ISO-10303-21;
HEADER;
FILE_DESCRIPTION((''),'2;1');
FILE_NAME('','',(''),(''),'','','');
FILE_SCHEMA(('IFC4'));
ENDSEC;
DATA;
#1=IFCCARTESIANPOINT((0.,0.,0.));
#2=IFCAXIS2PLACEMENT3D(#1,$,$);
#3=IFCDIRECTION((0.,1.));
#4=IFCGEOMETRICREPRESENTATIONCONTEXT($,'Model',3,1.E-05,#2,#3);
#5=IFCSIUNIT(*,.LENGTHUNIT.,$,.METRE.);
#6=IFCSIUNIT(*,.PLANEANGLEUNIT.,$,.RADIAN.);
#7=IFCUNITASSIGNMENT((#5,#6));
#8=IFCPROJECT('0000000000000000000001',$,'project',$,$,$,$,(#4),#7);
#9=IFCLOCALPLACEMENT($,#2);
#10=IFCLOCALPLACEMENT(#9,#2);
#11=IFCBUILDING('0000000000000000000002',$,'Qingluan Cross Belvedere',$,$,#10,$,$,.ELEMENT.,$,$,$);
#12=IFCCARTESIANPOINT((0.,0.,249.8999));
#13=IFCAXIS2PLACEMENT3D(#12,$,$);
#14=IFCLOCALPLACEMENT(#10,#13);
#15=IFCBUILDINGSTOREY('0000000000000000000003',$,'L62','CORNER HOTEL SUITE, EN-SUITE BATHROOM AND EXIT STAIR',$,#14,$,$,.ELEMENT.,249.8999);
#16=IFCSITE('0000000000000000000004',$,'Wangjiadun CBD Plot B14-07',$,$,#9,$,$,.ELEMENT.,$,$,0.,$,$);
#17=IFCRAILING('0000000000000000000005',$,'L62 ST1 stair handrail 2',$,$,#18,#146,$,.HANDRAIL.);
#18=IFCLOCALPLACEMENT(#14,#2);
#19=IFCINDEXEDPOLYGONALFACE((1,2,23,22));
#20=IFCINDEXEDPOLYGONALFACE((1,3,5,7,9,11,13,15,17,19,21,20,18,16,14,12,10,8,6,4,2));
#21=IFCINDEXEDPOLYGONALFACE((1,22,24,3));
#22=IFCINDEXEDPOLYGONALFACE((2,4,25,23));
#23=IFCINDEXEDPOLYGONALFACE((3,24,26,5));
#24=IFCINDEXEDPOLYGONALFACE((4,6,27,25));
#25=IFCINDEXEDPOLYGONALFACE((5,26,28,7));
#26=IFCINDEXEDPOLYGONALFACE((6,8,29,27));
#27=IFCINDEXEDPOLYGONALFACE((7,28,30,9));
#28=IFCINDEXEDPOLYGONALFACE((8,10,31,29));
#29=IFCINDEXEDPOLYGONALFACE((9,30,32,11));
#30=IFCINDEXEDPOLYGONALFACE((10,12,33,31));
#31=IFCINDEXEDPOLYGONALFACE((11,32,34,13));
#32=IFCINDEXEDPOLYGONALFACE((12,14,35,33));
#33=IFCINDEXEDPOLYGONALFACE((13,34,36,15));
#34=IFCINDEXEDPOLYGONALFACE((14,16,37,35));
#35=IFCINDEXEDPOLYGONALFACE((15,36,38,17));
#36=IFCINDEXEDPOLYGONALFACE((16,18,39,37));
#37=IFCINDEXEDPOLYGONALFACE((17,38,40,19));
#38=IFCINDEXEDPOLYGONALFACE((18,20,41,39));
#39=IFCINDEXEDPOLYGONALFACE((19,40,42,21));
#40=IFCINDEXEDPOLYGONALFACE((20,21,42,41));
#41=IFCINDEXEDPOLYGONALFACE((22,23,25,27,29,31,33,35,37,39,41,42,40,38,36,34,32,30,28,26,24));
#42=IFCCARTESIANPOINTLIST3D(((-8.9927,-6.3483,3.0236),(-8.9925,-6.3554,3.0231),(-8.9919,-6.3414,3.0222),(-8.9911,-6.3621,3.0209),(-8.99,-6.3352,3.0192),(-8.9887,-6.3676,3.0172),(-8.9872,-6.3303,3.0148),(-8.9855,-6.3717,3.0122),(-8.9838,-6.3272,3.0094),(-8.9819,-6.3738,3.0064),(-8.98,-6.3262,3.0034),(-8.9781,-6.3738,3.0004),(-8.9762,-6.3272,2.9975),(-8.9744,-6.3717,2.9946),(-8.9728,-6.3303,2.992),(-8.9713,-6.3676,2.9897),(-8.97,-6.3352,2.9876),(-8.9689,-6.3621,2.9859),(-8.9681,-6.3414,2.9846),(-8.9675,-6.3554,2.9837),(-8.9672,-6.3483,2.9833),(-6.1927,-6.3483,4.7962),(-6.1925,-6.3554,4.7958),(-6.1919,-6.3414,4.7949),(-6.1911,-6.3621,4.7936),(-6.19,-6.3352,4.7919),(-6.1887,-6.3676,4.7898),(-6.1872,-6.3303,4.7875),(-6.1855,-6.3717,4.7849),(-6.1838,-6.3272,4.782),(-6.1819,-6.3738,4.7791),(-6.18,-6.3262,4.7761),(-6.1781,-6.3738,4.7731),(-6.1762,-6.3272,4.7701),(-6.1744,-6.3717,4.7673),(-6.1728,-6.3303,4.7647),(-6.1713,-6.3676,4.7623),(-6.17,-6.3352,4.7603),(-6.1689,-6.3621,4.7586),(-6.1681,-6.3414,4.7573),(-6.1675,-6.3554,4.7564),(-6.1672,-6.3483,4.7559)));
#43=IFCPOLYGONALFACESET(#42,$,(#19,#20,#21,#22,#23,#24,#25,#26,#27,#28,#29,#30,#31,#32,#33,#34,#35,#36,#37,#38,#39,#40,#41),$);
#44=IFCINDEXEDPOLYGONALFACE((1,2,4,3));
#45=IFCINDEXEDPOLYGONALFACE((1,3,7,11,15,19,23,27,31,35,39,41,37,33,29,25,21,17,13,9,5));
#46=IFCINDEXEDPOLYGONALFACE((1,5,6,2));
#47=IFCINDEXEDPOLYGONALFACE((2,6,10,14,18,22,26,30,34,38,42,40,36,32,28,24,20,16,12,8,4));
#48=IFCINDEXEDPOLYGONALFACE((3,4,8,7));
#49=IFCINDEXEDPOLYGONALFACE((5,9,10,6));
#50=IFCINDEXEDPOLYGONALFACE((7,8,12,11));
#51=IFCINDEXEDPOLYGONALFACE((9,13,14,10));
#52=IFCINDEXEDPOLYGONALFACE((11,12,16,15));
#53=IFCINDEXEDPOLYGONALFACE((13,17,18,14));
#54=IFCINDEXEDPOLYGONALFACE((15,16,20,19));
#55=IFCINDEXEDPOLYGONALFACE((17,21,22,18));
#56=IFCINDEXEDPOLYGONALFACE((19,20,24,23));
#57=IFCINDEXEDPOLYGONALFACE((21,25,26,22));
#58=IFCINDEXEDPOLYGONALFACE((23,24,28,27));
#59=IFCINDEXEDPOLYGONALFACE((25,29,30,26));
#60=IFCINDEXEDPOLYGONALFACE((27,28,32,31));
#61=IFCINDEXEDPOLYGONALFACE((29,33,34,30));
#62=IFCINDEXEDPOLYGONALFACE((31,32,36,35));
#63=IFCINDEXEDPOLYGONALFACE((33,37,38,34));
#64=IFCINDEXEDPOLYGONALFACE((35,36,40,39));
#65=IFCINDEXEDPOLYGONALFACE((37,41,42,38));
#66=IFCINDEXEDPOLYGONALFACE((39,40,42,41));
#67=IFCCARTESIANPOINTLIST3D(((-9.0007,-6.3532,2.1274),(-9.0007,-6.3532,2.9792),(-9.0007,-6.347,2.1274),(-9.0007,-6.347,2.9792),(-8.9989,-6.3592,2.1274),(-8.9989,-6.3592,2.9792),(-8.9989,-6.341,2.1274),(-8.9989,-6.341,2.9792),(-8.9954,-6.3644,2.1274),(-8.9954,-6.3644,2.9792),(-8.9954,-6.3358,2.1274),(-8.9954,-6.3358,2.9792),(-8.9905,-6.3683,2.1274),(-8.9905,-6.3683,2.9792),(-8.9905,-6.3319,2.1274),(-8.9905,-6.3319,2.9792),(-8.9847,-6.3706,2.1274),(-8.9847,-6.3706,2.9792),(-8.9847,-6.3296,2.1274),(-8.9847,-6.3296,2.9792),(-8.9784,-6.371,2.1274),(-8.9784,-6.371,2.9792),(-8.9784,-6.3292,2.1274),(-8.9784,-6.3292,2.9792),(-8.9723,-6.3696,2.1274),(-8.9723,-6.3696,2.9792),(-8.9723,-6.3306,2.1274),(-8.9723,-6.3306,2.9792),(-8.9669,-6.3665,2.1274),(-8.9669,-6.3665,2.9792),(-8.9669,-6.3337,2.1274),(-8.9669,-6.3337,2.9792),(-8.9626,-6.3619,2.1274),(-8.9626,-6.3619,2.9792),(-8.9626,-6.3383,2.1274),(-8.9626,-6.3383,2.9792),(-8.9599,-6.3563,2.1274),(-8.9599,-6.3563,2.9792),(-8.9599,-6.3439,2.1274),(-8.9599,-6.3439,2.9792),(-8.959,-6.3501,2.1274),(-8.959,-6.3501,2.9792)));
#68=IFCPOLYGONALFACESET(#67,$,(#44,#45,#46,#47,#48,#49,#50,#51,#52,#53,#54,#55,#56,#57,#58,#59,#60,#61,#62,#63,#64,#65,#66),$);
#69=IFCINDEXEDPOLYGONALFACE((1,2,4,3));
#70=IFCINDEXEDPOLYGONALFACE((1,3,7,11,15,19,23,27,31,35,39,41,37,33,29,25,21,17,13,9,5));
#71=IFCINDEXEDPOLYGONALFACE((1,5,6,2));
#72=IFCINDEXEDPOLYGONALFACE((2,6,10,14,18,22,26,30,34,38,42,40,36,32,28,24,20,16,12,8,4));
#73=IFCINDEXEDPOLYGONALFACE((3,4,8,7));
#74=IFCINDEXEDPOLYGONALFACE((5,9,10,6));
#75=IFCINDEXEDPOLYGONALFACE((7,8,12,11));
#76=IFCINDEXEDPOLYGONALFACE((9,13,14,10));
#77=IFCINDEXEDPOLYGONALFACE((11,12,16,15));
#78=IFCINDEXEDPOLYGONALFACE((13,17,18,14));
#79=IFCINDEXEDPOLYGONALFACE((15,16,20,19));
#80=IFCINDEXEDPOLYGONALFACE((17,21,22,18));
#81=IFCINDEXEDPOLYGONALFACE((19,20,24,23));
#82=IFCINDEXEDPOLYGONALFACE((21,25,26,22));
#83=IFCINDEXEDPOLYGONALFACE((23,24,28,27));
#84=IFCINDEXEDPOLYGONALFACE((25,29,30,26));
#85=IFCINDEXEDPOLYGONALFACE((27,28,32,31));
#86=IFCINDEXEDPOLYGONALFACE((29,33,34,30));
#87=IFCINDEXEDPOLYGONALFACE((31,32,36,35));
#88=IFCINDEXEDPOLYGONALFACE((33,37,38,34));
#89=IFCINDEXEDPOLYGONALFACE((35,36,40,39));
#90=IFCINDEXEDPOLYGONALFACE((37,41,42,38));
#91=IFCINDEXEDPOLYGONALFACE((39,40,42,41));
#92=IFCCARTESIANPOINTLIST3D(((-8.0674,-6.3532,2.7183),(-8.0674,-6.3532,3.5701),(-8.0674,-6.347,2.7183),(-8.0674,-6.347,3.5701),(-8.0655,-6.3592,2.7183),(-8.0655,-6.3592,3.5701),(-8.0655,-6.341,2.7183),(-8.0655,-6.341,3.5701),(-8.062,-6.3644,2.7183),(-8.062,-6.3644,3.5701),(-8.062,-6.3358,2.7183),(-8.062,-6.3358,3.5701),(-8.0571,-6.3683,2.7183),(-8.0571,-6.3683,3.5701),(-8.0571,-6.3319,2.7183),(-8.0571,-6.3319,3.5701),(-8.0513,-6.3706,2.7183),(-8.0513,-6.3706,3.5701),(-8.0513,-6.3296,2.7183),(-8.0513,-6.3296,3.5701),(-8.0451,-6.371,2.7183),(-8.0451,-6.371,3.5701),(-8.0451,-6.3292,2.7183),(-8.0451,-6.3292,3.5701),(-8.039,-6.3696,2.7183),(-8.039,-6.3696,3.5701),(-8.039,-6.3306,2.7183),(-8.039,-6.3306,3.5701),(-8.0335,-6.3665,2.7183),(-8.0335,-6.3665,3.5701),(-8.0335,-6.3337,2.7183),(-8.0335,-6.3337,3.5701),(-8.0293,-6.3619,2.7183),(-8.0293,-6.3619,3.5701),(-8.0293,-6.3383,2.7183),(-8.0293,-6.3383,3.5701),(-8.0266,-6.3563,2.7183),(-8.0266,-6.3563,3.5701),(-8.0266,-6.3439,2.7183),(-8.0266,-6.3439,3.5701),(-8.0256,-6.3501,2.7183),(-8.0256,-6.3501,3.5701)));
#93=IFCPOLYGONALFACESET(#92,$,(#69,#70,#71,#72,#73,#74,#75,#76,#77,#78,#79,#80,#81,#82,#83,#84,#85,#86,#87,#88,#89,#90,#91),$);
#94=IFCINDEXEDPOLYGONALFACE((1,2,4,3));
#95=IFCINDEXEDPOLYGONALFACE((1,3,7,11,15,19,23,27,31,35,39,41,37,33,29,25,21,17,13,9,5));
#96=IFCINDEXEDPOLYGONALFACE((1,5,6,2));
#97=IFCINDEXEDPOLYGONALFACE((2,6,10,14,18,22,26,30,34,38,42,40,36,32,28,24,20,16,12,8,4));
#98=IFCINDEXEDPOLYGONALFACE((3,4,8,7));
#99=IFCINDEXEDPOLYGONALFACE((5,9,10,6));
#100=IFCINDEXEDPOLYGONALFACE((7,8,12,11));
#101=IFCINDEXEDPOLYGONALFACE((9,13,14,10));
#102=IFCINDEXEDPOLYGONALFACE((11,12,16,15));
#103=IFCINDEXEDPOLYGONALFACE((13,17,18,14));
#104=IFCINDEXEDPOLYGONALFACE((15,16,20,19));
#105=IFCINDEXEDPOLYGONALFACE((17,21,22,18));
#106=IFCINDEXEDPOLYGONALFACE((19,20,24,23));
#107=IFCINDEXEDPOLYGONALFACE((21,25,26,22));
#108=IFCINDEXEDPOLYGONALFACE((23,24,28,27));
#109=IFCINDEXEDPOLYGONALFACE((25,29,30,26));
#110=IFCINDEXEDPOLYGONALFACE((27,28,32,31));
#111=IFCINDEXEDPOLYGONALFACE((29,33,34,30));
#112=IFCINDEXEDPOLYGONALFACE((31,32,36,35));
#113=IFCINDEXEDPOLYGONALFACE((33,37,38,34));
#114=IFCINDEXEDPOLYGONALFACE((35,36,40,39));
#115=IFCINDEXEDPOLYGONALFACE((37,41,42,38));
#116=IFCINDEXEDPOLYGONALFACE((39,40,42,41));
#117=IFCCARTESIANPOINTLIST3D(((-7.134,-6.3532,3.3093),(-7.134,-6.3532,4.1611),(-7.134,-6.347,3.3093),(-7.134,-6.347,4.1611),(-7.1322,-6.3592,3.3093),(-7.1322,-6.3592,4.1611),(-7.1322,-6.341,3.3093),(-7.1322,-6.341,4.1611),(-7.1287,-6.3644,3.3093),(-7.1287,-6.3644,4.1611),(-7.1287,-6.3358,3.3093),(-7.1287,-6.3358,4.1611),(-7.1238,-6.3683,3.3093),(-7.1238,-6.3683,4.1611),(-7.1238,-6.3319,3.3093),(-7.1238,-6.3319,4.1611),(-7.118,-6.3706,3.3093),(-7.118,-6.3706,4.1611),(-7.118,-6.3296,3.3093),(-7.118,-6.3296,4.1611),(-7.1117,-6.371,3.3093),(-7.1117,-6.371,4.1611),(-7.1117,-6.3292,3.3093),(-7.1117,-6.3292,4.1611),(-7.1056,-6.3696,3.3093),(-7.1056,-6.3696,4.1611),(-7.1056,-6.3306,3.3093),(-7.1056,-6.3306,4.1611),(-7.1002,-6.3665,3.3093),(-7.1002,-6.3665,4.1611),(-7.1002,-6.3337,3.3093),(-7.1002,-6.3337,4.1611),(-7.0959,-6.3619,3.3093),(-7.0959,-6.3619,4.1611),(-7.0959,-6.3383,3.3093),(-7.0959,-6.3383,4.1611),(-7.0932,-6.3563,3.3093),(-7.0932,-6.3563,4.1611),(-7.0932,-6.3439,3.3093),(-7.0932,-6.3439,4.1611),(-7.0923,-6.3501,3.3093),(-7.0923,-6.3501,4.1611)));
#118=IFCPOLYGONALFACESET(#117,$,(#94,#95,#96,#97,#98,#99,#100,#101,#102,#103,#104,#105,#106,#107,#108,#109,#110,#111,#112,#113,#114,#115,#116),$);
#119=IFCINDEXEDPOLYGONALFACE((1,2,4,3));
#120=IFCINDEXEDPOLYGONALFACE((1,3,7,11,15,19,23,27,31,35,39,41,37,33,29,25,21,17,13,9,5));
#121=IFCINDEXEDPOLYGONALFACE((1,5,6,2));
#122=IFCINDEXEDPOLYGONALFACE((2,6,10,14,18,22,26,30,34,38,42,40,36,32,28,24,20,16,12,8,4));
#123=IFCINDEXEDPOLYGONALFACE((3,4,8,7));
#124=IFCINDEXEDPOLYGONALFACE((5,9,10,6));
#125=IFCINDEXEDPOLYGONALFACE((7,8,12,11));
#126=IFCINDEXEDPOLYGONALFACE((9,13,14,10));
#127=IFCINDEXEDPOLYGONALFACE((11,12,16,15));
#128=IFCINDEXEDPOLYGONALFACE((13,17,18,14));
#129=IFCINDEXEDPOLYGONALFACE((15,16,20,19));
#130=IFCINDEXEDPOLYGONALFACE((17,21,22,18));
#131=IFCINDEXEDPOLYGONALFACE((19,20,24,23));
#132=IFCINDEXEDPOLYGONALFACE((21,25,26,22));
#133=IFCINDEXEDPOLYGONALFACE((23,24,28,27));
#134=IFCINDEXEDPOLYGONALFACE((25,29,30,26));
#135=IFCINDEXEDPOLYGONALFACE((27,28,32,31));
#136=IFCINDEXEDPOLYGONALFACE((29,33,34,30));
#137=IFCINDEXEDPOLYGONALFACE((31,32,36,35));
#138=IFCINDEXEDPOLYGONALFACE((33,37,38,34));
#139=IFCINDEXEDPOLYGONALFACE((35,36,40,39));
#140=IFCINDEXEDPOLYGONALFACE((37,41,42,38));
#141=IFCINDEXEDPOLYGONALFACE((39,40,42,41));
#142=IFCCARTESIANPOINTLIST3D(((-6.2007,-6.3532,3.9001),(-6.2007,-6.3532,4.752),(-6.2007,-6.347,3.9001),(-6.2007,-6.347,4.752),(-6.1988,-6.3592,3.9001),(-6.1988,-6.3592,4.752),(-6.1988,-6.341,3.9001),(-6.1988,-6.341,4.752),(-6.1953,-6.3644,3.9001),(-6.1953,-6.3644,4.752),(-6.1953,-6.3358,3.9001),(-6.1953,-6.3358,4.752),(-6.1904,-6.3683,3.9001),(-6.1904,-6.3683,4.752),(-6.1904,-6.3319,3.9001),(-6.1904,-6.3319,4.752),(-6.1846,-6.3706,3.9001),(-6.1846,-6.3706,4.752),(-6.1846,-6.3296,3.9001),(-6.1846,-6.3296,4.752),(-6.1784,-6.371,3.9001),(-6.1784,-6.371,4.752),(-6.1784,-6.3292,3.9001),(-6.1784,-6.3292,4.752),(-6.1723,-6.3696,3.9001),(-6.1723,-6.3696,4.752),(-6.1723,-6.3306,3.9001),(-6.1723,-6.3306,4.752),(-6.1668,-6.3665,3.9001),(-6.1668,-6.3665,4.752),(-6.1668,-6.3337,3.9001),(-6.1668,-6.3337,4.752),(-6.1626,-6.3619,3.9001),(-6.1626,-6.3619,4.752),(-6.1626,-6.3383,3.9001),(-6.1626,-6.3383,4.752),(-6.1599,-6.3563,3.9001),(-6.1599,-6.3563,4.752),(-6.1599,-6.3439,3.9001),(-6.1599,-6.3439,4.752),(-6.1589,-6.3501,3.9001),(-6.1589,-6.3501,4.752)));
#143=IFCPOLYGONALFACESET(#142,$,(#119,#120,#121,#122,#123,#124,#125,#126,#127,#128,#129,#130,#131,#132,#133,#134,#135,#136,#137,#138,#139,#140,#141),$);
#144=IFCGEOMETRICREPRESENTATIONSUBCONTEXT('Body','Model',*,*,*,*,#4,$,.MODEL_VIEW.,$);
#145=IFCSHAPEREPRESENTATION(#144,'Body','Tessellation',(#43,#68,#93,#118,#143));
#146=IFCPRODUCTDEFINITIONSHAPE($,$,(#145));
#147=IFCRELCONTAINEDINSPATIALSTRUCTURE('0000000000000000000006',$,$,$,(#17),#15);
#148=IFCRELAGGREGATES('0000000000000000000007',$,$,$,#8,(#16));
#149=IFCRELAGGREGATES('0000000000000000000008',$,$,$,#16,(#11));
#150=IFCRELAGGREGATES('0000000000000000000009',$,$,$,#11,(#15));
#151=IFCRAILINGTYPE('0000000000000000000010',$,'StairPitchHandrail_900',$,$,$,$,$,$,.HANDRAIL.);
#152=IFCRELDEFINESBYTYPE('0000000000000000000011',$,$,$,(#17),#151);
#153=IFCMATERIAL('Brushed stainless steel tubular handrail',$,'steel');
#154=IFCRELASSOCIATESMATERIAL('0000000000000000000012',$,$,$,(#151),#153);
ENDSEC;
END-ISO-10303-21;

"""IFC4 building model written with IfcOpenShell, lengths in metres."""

from ifc_helpers import new_model, si_unit, direction, frame, origin, origin_2d, place, context, subcontext, project, spatial, circle, extrude, material, type_object, element, save


model = new_model("IFC4")

# Units and contexts
model_context = context("Model", 3, precision=1e-05, world=origin(), true_north=direction((0.0, 1.0)))
body_context = subcontext(model_context, "Body", "Model", "MODEL_VIEW")
ifc_project = project(units=[si_unit("LENGTHUNIT", "METRE"), si_unit("PLANEANGLEUNIT", "RADIAN")], contexts=[model_context])

# Site, building, storey
site_placement = place(None, origin())
site = spatial("IfcSite", under=ifc_project, at=site_placement, Name="Wangjiadun CBD Plot B14-07", CompositionType="ELEMENT", RefElevation=0.0)
building_placement = place(site_placement, origin())
building = spatial("IfcBuilding", under=site, at=building_placement, Name="Qingluan Cross Belvedere", CompositionType="ELEMENT")
storey_placement = place(building_placement, frame((0.0, 0.0, 249.8999)))
storey = spatial("IfcBuildingStorey", under=building, at=storey_placement, Name="L62", Description="CORNER HOTEL SUITE, EN-SUITE BATHROOM AND EXIT STAIR", CompositionType="ELEMENT", Elevation=249.8999)

# Railing
ifc_material_1 = material(Name="Brushed stainless steel tubular handrail", Category="steel")
railing_type_1 = type_object("IfcRailingType", Name="StairPitchHandrail_900", PredefinedType="HANDRAIL", material=ifc_material_1)
railing_1_placement = place(storey_placement, frame((-8.98, -6.3501, 2.1274)))
element("IfcRailing", 1, at=railing_1_placement, inside=storey, type_object=railing_type_1, Name="L62 ST1 stair handrail 2", PredefinedType="HANDRAIL", context=body_context, shape_type="SweptSolid", body=[
    extrude(circle(Radius=0.0239, at=origin_2d()), frame((0.0, 0.0, 0.876), z_axis=(0.844909, 0.0, 0.53491), x_axis=(0.0, 1.0, 0.0)), (0.0, 0.0, 1.0), 3.314),
    extrude(circle(Radius=0.021, at=origin_2d()), origin(), (0.0, 0.0, 1.0), 0.8518),
    extrude(circle(Radius=0.021, at=origin_2d()), frame((0.9333, 0.0, 0.5908)), (0.0, 0.0, 1.0), 0.8518),
    extrude(circle(Radius=0.021, at=origin_2d()), frame((1.8667, 0.0, 1.1819)), (0.0, 0.0, 1.0), 0.8518),
    extrude(circle(Radius=0.021, at=origin_2d()), frame((2.8, 0.0, 1.7727)), (0.0, 0.0, 1.0), 0.8518),
])

save(model, "model.ifc")
